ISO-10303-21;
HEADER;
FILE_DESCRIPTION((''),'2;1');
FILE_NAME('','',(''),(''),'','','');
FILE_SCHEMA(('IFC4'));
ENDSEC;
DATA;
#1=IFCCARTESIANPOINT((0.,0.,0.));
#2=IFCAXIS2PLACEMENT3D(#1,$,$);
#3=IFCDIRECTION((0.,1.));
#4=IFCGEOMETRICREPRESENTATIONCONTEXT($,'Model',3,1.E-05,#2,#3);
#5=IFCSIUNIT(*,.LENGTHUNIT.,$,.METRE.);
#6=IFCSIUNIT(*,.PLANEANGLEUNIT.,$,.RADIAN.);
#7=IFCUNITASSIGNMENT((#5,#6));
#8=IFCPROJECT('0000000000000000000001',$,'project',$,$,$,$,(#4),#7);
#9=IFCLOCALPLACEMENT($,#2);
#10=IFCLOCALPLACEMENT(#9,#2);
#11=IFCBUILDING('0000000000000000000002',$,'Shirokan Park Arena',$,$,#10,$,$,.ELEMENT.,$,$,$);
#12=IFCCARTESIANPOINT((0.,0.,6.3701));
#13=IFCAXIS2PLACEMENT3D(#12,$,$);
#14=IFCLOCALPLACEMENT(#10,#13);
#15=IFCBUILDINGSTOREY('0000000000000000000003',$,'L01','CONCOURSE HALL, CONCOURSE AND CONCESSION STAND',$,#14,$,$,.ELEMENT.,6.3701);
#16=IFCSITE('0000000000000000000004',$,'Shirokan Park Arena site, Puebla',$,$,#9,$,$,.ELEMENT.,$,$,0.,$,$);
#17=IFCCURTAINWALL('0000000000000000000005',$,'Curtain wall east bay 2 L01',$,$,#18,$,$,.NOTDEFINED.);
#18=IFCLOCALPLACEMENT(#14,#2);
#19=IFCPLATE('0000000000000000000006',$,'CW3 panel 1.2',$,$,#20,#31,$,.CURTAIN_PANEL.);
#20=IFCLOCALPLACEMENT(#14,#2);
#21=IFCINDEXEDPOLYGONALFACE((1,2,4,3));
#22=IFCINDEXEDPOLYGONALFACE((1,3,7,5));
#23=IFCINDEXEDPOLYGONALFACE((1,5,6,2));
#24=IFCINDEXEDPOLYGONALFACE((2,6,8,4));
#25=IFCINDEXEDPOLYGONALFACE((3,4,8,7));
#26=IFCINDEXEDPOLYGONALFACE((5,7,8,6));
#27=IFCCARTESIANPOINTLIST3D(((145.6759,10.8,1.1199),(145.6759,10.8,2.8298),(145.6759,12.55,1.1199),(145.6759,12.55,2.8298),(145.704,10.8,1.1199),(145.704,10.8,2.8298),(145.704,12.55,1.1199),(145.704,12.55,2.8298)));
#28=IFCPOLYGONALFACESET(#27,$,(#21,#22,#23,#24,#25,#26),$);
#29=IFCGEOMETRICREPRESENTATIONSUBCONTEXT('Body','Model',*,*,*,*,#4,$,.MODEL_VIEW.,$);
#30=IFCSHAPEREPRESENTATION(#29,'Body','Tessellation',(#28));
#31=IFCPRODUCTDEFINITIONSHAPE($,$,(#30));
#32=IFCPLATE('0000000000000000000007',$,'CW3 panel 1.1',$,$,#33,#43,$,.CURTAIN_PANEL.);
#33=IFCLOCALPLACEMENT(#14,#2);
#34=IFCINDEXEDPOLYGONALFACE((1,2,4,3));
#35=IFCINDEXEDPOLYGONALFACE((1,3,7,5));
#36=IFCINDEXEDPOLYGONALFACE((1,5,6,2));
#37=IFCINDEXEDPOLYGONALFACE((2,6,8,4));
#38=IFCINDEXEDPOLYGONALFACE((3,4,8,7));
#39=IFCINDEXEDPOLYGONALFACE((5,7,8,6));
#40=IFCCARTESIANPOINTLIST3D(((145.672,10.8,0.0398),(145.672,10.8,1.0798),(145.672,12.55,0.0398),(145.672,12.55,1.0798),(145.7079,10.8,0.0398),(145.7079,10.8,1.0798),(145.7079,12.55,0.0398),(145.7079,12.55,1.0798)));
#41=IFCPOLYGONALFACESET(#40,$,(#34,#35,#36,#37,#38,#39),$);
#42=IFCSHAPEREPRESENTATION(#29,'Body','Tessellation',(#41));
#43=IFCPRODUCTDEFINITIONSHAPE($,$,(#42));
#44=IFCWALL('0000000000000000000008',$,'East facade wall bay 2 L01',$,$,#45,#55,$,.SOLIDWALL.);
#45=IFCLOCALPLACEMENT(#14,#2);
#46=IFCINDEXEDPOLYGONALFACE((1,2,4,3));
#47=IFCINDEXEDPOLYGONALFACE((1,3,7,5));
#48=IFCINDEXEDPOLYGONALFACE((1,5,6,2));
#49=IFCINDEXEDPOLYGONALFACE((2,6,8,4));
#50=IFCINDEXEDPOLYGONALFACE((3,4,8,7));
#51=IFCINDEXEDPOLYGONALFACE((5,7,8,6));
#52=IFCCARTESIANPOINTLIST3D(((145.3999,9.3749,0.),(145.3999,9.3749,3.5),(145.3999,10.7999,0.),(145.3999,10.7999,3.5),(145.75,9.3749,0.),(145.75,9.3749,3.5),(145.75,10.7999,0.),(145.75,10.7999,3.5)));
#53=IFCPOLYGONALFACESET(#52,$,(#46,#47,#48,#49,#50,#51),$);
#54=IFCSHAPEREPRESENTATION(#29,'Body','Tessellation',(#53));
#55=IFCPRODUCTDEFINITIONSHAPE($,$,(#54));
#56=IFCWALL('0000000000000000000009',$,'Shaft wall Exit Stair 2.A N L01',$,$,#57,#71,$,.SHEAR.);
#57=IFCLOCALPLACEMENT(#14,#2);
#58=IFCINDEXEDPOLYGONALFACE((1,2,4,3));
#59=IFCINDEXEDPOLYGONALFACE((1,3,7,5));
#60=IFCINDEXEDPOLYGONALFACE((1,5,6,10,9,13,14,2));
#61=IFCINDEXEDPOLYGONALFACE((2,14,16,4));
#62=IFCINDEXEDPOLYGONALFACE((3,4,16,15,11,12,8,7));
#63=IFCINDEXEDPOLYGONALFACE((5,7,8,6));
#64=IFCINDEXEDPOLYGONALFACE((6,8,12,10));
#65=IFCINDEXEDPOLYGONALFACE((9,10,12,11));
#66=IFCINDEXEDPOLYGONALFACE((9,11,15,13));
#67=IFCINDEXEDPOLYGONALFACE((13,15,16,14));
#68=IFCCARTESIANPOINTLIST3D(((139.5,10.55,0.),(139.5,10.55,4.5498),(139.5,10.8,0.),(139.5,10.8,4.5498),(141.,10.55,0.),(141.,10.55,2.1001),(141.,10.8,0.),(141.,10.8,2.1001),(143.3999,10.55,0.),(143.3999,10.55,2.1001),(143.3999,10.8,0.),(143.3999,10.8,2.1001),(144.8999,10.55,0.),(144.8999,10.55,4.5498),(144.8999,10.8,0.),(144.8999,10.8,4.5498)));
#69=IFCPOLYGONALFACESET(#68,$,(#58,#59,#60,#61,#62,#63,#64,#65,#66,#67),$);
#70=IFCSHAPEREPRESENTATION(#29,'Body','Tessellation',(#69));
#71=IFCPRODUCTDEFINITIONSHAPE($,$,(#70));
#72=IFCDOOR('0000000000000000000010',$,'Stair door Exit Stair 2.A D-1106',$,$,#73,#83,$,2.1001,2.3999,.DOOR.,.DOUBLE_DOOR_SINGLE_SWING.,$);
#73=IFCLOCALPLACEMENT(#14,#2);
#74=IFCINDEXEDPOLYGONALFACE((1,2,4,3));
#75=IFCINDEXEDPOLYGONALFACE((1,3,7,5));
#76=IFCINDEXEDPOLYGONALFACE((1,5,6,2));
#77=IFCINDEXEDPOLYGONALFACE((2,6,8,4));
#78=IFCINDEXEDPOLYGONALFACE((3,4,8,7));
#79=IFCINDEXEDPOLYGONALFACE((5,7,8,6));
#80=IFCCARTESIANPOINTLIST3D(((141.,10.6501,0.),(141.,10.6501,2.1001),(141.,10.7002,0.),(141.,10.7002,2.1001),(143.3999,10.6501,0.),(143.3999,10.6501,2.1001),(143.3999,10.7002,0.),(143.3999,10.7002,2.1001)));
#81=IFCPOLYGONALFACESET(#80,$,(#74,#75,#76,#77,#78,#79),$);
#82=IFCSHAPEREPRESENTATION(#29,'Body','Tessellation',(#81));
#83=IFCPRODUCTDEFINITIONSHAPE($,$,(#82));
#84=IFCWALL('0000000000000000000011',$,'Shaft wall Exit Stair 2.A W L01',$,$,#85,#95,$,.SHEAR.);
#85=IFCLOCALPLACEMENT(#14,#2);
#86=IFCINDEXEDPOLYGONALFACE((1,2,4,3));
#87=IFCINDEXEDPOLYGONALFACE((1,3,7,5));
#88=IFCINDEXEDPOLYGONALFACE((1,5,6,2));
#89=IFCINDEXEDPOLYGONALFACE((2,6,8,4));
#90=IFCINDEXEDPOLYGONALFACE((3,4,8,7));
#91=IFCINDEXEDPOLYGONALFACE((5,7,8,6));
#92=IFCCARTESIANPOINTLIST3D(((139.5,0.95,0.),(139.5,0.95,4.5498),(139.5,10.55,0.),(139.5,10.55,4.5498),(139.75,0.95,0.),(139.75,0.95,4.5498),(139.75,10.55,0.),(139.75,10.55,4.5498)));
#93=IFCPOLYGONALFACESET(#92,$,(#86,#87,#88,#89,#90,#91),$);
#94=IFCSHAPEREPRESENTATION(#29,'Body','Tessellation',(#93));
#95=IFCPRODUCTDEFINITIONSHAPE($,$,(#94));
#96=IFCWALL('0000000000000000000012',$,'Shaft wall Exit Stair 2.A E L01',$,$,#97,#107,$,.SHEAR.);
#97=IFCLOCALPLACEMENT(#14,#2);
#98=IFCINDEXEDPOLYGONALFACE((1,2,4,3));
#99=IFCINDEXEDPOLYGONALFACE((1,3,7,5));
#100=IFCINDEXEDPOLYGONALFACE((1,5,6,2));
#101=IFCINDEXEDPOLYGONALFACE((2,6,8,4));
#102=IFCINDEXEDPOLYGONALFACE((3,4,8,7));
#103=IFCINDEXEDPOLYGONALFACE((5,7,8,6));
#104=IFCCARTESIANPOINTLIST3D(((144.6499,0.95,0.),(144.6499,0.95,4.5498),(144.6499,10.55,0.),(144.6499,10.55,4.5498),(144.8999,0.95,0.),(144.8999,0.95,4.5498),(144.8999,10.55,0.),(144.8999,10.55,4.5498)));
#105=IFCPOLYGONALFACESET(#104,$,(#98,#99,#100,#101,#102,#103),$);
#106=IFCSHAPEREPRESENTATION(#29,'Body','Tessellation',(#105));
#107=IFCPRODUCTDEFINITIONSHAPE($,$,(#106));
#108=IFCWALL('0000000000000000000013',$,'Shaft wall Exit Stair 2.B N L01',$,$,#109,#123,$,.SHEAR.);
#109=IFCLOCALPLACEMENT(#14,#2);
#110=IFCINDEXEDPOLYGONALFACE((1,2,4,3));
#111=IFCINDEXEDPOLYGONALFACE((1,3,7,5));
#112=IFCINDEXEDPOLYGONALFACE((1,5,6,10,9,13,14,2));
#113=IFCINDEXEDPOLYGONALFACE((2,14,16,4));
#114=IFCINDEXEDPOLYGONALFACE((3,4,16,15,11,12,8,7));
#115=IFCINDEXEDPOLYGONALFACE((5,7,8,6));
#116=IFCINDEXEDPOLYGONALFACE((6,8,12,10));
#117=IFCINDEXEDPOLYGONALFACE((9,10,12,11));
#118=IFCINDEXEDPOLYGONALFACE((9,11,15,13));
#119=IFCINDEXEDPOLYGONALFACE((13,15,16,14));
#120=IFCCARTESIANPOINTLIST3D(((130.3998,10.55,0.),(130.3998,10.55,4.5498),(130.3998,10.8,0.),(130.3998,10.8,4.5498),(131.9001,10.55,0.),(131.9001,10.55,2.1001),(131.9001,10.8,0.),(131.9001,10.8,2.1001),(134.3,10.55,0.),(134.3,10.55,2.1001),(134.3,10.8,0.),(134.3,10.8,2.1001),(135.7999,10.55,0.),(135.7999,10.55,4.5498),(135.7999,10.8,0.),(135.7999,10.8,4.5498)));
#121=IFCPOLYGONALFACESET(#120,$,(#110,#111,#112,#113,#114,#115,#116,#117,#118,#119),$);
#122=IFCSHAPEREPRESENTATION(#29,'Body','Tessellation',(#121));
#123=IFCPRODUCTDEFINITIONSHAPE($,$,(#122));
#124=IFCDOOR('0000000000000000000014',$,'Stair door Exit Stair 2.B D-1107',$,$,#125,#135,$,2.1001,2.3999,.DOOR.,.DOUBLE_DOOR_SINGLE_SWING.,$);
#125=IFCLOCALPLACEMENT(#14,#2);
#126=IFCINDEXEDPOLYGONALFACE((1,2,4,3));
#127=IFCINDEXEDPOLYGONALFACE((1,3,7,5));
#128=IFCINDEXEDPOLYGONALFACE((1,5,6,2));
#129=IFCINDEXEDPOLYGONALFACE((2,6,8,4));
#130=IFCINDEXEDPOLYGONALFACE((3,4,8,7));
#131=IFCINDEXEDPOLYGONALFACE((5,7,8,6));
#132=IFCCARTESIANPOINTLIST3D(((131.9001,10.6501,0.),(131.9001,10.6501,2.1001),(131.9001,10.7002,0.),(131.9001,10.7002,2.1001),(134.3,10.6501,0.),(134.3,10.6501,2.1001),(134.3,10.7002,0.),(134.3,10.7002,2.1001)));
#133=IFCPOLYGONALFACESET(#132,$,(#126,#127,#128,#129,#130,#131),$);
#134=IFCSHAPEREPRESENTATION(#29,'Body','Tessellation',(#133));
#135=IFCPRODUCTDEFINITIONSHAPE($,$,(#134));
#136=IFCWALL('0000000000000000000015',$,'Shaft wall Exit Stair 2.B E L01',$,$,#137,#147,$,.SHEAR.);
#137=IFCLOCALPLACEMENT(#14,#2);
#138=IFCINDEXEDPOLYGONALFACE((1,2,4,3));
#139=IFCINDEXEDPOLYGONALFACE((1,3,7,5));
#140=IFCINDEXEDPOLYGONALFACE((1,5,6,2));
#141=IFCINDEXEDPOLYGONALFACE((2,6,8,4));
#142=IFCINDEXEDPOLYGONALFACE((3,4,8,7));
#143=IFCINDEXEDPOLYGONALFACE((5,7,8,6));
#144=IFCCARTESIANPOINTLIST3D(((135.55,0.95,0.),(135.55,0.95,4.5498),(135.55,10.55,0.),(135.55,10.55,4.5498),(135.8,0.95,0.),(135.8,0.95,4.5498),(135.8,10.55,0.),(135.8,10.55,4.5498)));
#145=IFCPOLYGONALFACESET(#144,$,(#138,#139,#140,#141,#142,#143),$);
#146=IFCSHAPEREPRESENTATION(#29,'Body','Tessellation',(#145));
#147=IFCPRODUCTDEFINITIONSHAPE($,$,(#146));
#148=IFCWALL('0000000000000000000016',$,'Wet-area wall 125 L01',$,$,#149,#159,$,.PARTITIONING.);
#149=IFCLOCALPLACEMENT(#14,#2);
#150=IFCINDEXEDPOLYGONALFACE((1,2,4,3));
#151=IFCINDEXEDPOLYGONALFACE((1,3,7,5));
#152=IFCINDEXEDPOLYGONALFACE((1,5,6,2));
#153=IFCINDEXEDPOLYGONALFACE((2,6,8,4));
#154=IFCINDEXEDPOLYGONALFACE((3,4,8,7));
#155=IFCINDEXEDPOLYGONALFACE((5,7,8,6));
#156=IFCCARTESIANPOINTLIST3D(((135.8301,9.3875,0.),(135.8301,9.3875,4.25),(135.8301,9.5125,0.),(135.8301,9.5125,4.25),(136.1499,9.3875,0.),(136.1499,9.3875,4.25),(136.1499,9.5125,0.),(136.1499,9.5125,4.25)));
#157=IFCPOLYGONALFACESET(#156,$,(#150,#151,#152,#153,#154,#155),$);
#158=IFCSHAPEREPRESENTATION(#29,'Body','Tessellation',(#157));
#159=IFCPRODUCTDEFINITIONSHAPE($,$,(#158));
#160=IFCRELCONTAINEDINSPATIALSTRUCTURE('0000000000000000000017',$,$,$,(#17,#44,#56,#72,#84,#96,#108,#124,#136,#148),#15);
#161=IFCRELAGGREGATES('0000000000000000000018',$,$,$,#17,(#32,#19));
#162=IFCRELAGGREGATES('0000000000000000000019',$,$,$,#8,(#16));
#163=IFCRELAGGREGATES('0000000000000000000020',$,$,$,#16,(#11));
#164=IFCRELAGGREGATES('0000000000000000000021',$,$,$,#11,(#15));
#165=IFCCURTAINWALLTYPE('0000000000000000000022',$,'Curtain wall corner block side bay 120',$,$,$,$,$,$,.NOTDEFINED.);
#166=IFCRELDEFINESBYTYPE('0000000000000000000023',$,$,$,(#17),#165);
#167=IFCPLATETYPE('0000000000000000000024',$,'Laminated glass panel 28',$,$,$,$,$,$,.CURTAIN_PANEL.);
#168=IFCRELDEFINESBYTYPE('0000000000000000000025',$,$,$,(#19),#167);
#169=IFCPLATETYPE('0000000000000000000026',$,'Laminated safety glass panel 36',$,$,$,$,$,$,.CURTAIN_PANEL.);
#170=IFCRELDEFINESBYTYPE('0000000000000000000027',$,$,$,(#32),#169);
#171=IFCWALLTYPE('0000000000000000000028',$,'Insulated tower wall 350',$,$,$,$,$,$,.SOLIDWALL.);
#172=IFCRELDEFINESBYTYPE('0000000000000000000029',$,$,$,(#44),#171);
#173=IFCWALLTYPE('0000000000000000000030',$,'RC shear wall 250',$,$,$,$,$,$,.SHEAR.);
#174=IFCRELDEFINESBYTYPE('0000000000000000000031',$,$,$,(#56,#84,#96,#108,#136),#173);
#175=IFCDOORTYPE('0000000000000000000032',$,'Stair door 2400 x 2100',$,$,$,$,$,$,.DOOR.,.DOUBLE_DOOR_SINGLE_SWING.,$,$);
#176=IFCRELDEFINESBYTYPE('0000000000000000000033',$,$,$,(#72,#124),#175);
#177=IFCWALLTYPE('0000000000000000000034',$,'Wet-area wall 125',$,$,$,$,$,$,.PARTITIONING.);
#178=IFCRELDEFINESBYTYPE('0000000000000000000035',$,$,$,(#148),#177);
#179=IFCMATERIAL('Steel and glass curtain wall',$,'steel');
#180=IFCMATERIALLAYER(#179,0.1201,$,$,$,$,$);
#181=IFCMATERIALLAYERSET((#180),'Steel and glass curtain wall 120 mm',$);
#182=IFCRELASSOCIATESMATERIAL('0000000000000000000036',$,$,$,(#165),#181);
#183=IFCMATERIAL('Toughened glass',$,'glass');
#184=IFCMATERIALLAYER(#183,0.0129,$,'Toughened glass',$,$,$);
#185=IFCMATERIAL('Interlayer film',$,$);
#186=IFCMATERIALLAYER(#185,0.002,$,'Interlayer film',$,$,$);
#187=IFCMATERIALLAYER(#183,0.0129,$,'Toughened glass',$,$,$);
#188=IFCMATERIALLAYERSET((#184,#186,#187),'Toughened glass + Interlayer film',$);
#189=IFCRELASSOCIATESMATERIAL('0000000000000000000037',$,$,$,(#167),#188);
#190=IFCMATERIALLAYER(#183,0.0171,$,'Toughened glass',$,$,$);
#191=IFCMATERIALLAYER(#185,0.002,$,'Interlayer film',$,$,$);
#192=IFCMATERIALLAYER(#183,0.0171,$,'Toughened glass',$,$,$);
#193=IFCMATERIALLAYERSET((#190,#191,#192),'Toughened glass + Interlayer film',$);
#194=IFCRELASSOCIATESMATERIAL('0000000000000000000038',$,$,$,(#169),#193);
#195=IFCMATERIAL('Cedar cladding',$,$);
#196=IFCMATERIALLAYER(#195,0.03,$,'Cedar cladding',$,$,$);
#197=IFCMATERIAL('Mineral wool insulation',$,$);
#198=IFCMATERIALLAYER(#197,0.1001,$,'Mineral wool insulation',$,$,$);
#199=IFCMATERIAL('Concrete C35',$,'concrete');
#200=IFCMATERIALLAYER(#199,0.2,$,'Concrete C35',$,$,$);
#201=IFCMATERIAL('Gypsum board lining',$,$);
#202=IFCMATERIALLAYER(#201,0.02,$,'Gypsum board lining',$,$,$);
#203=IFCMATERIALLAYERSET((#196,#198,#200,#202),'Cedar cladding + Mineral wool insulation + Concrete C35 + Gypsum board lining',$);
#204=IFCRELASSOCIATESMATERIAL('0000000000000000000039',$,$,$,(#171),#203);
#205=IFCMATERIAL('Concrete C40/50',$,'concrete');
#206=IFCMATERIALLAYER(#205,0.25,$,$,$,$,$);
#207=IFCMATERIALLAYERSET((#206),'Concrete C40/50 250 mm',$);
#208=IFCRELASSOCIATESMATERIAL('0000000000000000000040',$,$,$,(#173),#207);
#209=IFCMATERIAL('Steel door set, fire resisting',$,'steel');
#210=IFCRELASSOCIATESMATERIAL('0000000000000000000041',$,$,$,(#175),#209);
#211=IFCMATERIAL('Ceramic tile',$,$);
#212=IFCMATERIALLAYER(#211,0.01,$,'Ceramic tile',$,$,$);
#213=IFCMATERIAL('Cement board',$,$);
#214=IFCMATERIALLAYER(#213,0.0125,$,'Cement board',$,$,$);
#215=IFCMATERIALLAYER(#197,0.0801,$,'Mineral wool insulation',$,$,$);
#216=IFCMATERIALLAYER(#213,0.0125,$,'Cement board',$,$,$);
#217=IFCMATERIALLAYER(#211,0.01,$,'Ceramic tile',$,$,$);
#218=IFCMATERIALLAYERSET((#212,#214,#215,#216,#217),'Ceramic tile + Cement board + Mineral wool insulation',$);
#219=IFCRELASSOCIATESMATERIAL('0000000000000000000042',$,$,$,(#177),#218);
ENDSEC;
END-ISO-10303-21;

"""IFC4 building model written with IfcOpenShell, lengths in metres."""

from ifc_helpers import new_model, si_unit, direction, frame, frame_2d, origin, origin_2d, place, context, subcontext, project, spatial, rectangle, extrude, material, layer, layer_set, type_object, element, fill, aggregate, save


model = new_model("IFC4")

# Units and contexts
model_context = context("Model", 3, precision=1e-05, world=origin(), true_north=direction((0.0, 1.0)))
body_context = subcontext(model_context, "Body", "Model", "MODEL_VIEW")
ifc_project = project(units=[si_unit("LENGTHUNIT", "METRE"), si_unit("PLANEANGLEUNIT", "RADIAN")], contexts=[model_context])

# Site, building, storey
site_placement = place(None, origin())
site = spatial("IfcSite", under=ifc_project, at=site_placement, Name="Shirokan Park Arena site, Puebla", CompositionType="ELEMENT", RefElevation=0.0)
building_placement = place(site_placement, origin())
building = spatial("IfcBuilding", under=site, at=building_placement, Name="Shirokan Park Arena", CompositionType="ELEMENT")
storey_placement = place(building_placement, frame((0.0, 0.0, 6.3701)))
storey = spatial("IfcBuildingStorey", under=building, at=storey_placement, Name="L01", Description="CONCOURSE HALL, CONCOURSE AND CONCESSION STAND", CompositionType="ELEMENT", Elevation=6.3701)

# Curtain wall
ifc_material_1 = material(Name="Steel and glass curtain wall", Category="steel")
ifc_layer_1 = layer(ifc_material_1, 0.1201)
ifc_layer_set_1 = layer_set([ifc_layer_1], Name="Steel and glass curtain wall 120 mm")
curtain_wall_type = type_object("IfcCurtainWallType", Name="Curtain wall corner block side bay 120", PredefinedType="NOTDEFINED", material=ifc_layer_set_1)
curtain_wall_placement = place(storey_placement, origin())
curtain_wall = element("IfcCurtainWall", 1, at=curtain_wall_placement, inside=storey, type_object=curtain_wall_type, Name="Curtain wall east bay 2 L01", PredefinedType="NOTDEFINED")

# Shared definitions
ifc_material_2 = material(Name="Concrete C35", Category="concrete")

# Plates
ifc_material_3 = material(Name="Mineral wool insulation")
ifc_material_4 = material(Name="Toughened glass", Category="glass")
ifc_layer_2 = layer(ifc_material_4, 0.0129, Name="Toughened glass")
ifc_material_5 = material(Name="Interlayer film")
ifc_layer_3 = layer(ifc_material_5, 0.002, Name="Interlayer film")
ifc_layer_4 = layer(ifc_material_4, 0.0129, Name="Toughened glass")
ifc_layer_set_2 = layer_set([ifc_layer_2, ifc_layer_3, ifc_layer_4], Name="Toughened glass + Interlayer film")
plate_type_1 = type_object("IfcPlateType", Name="Laminated glass panel 28", PredefinedType="CURTAIN_PANEL", material=ifc_layer_set_2)
plate_1_placement = place(storey_placement, frame((145.6899, 11.675, 1.1199), z_axis=(0.0, 0.0, 1.0), x_axis=(0.0, 1.0, 0.0)))
plate_1 = element("IfcPlate", 2, at=plate_1_placement, type_object=plate_type_1, Name="CW3 panel 1.2", PredefinedType="CURTAIN_PANEL", context=body_context, shape_type="SweptSolid", body=[
    extrude(rectangle(XDim=1.75, YDim=0.0281, at=origin_2d()), origin(), (0.0, 0.0, 1.0), 1.71),
])
ifc_layer_5 = layer(ifc_material_4, 0.0171, Name="Toughened glass")
ifc_layer_6 = layer(ifc_material_5, 0.002, Name="Interlayer film")
ifc_layer_7 = layer(ifc_material_4, 0.0171, Name="Toughened glass")
ifc_layer_set_3 = layer_set([ifc_layer_5, ifc_layer_6, ifc_layer_7], Name="Toughened glass + Interlayer film")
plate_type_2 = type_object("IfcPlateType", Name="Laminated safety glass panel 36", PredefinedType="CURTAIN_PANEL", material=ifc_layer_set_3)
plate_2_placement = place(storey_placement, frame((145.6899, 11.675, 0.0398), z_axis=(0.0, 0.0, 1.0), x_axis=(0.0, 1.0, 0.0)))
plate_2 = element("IfcPlate", 3, at=plate_2_placement, type_object=plate_type_2, Name="CW3 panel 1.1", PredefinedType="CURTAIN_PANEL", context=body_context, shape_type="SweptSolid", body=[
    extrude(rectangle(XDim=1.75, YDim=0.0359, at=origin_2d()), origin(), (0.0, 0.0, 1.0), 1.04),
])
aggregate(curtain_wall, [plate_2, plate_1])

# Wall
ifc_material_6 = material(Name="Cedar cladding")
ifc_layer_8 = layer(ifc_material_6, 0.03, Name="Cedar cladding")
ifc_layer_9 = layer(ifc_material_3, 0.1001, Name="Mineral wool insulation")
ifc_layer_10 = layer(ifc_material_2, 0.2, Name="Concrete C35")
ifc_material_7 = material(Name="Gypsum board lining")
ifc_layer_11 = layer(ifc_material_7, 0.02, Name="Gypsum board lining")
ifc_layer_set_4 = layer_set([ifc_layer_8, ifc_layer_9, ifc_layer_10, ifc_layer_11], Name="Cedar cladding + Mineral wool insulation + Concrete C35 + Gypsum board lining")
wall_type_1 = type_object("IfcWallType", Name="Insulated tower wall 350", PredefinedType="SOLIDWALL", material=ifc_layer_set_4)
wall_1_placement = place(storey_placement, frame((145.575, 9.375, 0.0), z_axis=(0.0, 0.0, 1.0), x_axis=(0.0, 1.0, 0.0)))
element("IfcWall", 4, at=wall_1_placement, inside=storey, type_object=wall_type_1, Name="East facade wall bay 2 L01", PredefinedType="SOLIDWALL", context=body_context, shape_type="SweptSolid", body=[
    extrude(rectangle(XDim=1.425, YDim=0.3501, at=frame_2d((0.7124, 0.0))), origin(), (0.0, 0.0, 1.0), 3.5),
])

# Wall, opening, door
ifc_material_8 = material(Name="Concrete C40/50", Category="concrete")
ifc_layer_12 = layer(ifc_material_8, 0.25)
ifc_layer_set_5 = layer_set([ifc_layer_12], Name="Concrete C40/50 250 mm")
wall_type_2 = type_object("IfcWallType", Name="RC shear wall 250", PredefinedType="SHEAR", material=ifc_layer_set_5)
wall_2_placement = place(storey_placement, frame((144.8999, 10.675, 0.0), z_axis=(0.0, 0.0, 1.0), x_axis=(-1.0, 0.0, 0.0)))
wall_2 = element("IfcWall", 5, at=wall_2_placement, inside=storey, type_object=wall_type_2, Name="Shaft wall Exit Stair 2.A N L01", PredefinedType="SHEAR", context=body_context, shape_type="SweptSolid", body=[
    extrude(rectangle(XDim=5.3999, YDim=0.25, at=frame_2d((2.7, 0.0))), origin(), (0.0, 0.0, 1.0), 4.5498),
])
opening_1_placement = place(wall_2_placement, frame((1.5, 0.0, 0.0)))
opening_1 = element("IfcOpeningElement", 6, at=opening_1_placement, cuts=wall_2, PredefinedType="OPENING", context=body_context, shape_type="SweptSolid", body=[
    extrude(rectangle(XDim=2.3999, YDim=2.1001, at=frame_2d((1.2, 1.05))), frame((0.0, 0.135, 0.0), z_axis=(0.0, -1.0, 0.0), x_axis=(1.0, 0.0, 0.0)), (0.0, 0.0, 1.0), 0.27),
])
ifc_material_9 = material(Name="Steel door set, fire resisting", Category="steel")
door_type_1 = type_object("IfcDoorType", Name="Stair door 2400 x 2100", OperationType="DOUBLE_DOOR_SINGLE_SWING", PredefinedType="DOOR", material=ifc_material_9)
door_1_placement = place(opening_1_placement, origin())
door_1 = element("IfcDoor", 7, at=door_1_placement, inside=storey, type_object=door_type_1, Name="Stair door Exit Stair 2.A D-1106", OperationType="DOUBLE_DOOR_SINGLE_SWING", OverallHeight=2.1001, OverallWidth=2.3999, PredefinedType="DOOR", context=body_context, shape_type="SweptSolid", body=[
    extrude(rectangle(XDim=2.3999, YDim=2.1001, at=frame_2d((1.2, 1.05))), frame((0.0, 0.0249, 0.0), z_axis=(0.0, -1.0, 0.0), x_axis=(1.0, 0.0, 0.0)), (0.0, 0.0, 1.0), 0.05),
])
fill(opening_1, door_1)

# Walls
for number, where, z_axis, x_axis, name in (
    (8, (139.625, 10.55, 0.0), (0.0, 0.0, 1.0), (0.0, -1.0, 0.0), "Shaft wall Exit Stair 2.A W L01"),
    (9, (144.7749, 10.55, 0.0), (0.0, 0.0, 1.0), (0.0, -1.0, 0.0), "Shaft wall Exit Stair 2.A E L01"),
):
    element("IfcWall", number, at=place(storey_placement, frame(where, z_axis=z_axis, x_axis=x_axis)), inside=storey, type_object=wall_type_2, Name=name, PredefinedType="SHEAR", context=body_context, shape_type="SweptSolid", body=[
        extrude(rectangle(XDim=9.6001, YDim=0.25, at=frame_2d((4.8, 0.0))), origin(), (0.0, 0.0, 1.0), 4.5498),
    ])

# Wall, opening, door
wall_3_placement = place(storey_placement, frame((135.8, 10.675, 0.0), z_axis=(0.0, 0.0, 1.0), x_axis=(-1.0, 0.0, 0.0)))
wall_3 = element("IfcWall", 10, at=wall_3_placement, inside=storey, type_object=wall_type_2, Name="Shaft wall Exit Stair 2.B N L01", PredefinedType="SHEAR", context=body_context, shape_type="SweptSolid", body=[
    extrude(rectangle(XDim=5.4001, YDim=0.25, at=frame_2d((2.7002, 0.0))), origin(), (0.0, 0.0, 1.0), 4.5498),
])
opening_2_placement = place(wall_3_placement, frame((1.5, 0.0, 0.0)))
opening_2 = element("IfcOpeningElement", 11, at=opening_2_placement, cuts=wall_3, PredefinedType="OPENING", context=body_context, shape_type="SweptSolid", body=[
    extrude(rectangle(XDim=2.3999, YDim=2.1001, at=frame_2d((1.2, 1.05))), frame((0.0, 0.135, 0.0), z_axis=(0.0, -1.0, 0.0), x_axis=(1.0, 0.0, 0.0)), (0.0, 0.0, 1.0), 0.27),
])
door_2_placement = place(opening_2_placement, origin())
door_2 = element("IfcDoor", 12, at=door_2_placement, inside=storey, type_object=door_type_1, Name="Stair door Exit Stair 2.B D-1107", OperationType="DOUBLE_DOOR_SINGLE_SWING", OverallHeight=2.1001, OverallWidth=2.3999, PredefinedType="DOOR", context=body_context, shape_type="SweptSolid", body=[
    extrude(rectangle(XDim=2.3999, YDim=2.1001, at=frame_2d((1.2, 1.05))), frame((0.0, 0.0249, 0.0), z_axis=(0.0, -1.0, 0.0), x_axis=(1.0, 0.0, 0.0)), (0.0, 0.0, 1.0), 0.05),
])
fill(opening_2, door_2)

# Walls
wall_4_placement = place(storey_placement, frame((135.675, 10.55, 0.0), z_axis=(0.0, 0.0, 1.0), x_axis=(0.0, -1.0, 0.0)))
element("IfcWall", 13, at=wall_4_placement, inside=storey, type_object=wall_type_2, Name="Shaft wall Exit Stair 2.B E L01", PredefinedType="SHEAR", context=body_context, shape_type="SweptSolid", body=[
    extrude(rectangle(XDim=9.6001, YDim=0.25, at=frame_2d((4.8, 0.0))), origin(), (0.0, 0.0, 1.0), 4.5498),
])
ifc_material_10 = material(Name="Ceramic tile")
ifc_layer_13 = layer(ifc_material_10, 0.01, Name="Ceramic tile")
ifc_material_11 = material(Name="Cement board")
ifc_layer_14 = layer(ifc_material_11, 0.0125, Name="Cement board")
ifc_layer_15 = layer(ifc_material_3, 0.0801, Name="Mineral wool insulation")
ifc_layer_16 = layer(ifc_material_11, 0.0125, Name="Cement board")
ifc_layer_17 = layer(ifc_material_10, 0.01, Name="Ceramic tile")
ifc_layer_set_6 = layer_set([ifc_layer_13, ifc_layer_14, ifc_layer_15, ifc_layer_16, ifc_layer_17], Name="Ceramic tile + Cement board + Mineral wool insulation")
wall_type_3 = type_object("IfcWallType", Name="Wet-area wall 125", PredefinedType="PARTITIONING", material=ifc_layer_set_6)
wall_5_placement = place(storey_placement, frame((136.1499, 9.45, 0.0), z_axis=(0.0, 0.0, 1.0), x_axis=(-1.0, 0.0, 0.0)))
element("IfcWall", 14, at=wall_5_placement, inside=storey, type_object=wall_type_3, Name="Wet-area wall 125 L01", PredefinedType="PARTITIONING", context=body_context, shape_type="SweptSolid", body=[
    extrude(rectangle(XDim=0.3198, YDim=0.125, at=frame_2d((0.1599, 0.0))), origin(), (0.0, 0.0, 1.0), 4.25),
])

save(model, "model.ifc")
